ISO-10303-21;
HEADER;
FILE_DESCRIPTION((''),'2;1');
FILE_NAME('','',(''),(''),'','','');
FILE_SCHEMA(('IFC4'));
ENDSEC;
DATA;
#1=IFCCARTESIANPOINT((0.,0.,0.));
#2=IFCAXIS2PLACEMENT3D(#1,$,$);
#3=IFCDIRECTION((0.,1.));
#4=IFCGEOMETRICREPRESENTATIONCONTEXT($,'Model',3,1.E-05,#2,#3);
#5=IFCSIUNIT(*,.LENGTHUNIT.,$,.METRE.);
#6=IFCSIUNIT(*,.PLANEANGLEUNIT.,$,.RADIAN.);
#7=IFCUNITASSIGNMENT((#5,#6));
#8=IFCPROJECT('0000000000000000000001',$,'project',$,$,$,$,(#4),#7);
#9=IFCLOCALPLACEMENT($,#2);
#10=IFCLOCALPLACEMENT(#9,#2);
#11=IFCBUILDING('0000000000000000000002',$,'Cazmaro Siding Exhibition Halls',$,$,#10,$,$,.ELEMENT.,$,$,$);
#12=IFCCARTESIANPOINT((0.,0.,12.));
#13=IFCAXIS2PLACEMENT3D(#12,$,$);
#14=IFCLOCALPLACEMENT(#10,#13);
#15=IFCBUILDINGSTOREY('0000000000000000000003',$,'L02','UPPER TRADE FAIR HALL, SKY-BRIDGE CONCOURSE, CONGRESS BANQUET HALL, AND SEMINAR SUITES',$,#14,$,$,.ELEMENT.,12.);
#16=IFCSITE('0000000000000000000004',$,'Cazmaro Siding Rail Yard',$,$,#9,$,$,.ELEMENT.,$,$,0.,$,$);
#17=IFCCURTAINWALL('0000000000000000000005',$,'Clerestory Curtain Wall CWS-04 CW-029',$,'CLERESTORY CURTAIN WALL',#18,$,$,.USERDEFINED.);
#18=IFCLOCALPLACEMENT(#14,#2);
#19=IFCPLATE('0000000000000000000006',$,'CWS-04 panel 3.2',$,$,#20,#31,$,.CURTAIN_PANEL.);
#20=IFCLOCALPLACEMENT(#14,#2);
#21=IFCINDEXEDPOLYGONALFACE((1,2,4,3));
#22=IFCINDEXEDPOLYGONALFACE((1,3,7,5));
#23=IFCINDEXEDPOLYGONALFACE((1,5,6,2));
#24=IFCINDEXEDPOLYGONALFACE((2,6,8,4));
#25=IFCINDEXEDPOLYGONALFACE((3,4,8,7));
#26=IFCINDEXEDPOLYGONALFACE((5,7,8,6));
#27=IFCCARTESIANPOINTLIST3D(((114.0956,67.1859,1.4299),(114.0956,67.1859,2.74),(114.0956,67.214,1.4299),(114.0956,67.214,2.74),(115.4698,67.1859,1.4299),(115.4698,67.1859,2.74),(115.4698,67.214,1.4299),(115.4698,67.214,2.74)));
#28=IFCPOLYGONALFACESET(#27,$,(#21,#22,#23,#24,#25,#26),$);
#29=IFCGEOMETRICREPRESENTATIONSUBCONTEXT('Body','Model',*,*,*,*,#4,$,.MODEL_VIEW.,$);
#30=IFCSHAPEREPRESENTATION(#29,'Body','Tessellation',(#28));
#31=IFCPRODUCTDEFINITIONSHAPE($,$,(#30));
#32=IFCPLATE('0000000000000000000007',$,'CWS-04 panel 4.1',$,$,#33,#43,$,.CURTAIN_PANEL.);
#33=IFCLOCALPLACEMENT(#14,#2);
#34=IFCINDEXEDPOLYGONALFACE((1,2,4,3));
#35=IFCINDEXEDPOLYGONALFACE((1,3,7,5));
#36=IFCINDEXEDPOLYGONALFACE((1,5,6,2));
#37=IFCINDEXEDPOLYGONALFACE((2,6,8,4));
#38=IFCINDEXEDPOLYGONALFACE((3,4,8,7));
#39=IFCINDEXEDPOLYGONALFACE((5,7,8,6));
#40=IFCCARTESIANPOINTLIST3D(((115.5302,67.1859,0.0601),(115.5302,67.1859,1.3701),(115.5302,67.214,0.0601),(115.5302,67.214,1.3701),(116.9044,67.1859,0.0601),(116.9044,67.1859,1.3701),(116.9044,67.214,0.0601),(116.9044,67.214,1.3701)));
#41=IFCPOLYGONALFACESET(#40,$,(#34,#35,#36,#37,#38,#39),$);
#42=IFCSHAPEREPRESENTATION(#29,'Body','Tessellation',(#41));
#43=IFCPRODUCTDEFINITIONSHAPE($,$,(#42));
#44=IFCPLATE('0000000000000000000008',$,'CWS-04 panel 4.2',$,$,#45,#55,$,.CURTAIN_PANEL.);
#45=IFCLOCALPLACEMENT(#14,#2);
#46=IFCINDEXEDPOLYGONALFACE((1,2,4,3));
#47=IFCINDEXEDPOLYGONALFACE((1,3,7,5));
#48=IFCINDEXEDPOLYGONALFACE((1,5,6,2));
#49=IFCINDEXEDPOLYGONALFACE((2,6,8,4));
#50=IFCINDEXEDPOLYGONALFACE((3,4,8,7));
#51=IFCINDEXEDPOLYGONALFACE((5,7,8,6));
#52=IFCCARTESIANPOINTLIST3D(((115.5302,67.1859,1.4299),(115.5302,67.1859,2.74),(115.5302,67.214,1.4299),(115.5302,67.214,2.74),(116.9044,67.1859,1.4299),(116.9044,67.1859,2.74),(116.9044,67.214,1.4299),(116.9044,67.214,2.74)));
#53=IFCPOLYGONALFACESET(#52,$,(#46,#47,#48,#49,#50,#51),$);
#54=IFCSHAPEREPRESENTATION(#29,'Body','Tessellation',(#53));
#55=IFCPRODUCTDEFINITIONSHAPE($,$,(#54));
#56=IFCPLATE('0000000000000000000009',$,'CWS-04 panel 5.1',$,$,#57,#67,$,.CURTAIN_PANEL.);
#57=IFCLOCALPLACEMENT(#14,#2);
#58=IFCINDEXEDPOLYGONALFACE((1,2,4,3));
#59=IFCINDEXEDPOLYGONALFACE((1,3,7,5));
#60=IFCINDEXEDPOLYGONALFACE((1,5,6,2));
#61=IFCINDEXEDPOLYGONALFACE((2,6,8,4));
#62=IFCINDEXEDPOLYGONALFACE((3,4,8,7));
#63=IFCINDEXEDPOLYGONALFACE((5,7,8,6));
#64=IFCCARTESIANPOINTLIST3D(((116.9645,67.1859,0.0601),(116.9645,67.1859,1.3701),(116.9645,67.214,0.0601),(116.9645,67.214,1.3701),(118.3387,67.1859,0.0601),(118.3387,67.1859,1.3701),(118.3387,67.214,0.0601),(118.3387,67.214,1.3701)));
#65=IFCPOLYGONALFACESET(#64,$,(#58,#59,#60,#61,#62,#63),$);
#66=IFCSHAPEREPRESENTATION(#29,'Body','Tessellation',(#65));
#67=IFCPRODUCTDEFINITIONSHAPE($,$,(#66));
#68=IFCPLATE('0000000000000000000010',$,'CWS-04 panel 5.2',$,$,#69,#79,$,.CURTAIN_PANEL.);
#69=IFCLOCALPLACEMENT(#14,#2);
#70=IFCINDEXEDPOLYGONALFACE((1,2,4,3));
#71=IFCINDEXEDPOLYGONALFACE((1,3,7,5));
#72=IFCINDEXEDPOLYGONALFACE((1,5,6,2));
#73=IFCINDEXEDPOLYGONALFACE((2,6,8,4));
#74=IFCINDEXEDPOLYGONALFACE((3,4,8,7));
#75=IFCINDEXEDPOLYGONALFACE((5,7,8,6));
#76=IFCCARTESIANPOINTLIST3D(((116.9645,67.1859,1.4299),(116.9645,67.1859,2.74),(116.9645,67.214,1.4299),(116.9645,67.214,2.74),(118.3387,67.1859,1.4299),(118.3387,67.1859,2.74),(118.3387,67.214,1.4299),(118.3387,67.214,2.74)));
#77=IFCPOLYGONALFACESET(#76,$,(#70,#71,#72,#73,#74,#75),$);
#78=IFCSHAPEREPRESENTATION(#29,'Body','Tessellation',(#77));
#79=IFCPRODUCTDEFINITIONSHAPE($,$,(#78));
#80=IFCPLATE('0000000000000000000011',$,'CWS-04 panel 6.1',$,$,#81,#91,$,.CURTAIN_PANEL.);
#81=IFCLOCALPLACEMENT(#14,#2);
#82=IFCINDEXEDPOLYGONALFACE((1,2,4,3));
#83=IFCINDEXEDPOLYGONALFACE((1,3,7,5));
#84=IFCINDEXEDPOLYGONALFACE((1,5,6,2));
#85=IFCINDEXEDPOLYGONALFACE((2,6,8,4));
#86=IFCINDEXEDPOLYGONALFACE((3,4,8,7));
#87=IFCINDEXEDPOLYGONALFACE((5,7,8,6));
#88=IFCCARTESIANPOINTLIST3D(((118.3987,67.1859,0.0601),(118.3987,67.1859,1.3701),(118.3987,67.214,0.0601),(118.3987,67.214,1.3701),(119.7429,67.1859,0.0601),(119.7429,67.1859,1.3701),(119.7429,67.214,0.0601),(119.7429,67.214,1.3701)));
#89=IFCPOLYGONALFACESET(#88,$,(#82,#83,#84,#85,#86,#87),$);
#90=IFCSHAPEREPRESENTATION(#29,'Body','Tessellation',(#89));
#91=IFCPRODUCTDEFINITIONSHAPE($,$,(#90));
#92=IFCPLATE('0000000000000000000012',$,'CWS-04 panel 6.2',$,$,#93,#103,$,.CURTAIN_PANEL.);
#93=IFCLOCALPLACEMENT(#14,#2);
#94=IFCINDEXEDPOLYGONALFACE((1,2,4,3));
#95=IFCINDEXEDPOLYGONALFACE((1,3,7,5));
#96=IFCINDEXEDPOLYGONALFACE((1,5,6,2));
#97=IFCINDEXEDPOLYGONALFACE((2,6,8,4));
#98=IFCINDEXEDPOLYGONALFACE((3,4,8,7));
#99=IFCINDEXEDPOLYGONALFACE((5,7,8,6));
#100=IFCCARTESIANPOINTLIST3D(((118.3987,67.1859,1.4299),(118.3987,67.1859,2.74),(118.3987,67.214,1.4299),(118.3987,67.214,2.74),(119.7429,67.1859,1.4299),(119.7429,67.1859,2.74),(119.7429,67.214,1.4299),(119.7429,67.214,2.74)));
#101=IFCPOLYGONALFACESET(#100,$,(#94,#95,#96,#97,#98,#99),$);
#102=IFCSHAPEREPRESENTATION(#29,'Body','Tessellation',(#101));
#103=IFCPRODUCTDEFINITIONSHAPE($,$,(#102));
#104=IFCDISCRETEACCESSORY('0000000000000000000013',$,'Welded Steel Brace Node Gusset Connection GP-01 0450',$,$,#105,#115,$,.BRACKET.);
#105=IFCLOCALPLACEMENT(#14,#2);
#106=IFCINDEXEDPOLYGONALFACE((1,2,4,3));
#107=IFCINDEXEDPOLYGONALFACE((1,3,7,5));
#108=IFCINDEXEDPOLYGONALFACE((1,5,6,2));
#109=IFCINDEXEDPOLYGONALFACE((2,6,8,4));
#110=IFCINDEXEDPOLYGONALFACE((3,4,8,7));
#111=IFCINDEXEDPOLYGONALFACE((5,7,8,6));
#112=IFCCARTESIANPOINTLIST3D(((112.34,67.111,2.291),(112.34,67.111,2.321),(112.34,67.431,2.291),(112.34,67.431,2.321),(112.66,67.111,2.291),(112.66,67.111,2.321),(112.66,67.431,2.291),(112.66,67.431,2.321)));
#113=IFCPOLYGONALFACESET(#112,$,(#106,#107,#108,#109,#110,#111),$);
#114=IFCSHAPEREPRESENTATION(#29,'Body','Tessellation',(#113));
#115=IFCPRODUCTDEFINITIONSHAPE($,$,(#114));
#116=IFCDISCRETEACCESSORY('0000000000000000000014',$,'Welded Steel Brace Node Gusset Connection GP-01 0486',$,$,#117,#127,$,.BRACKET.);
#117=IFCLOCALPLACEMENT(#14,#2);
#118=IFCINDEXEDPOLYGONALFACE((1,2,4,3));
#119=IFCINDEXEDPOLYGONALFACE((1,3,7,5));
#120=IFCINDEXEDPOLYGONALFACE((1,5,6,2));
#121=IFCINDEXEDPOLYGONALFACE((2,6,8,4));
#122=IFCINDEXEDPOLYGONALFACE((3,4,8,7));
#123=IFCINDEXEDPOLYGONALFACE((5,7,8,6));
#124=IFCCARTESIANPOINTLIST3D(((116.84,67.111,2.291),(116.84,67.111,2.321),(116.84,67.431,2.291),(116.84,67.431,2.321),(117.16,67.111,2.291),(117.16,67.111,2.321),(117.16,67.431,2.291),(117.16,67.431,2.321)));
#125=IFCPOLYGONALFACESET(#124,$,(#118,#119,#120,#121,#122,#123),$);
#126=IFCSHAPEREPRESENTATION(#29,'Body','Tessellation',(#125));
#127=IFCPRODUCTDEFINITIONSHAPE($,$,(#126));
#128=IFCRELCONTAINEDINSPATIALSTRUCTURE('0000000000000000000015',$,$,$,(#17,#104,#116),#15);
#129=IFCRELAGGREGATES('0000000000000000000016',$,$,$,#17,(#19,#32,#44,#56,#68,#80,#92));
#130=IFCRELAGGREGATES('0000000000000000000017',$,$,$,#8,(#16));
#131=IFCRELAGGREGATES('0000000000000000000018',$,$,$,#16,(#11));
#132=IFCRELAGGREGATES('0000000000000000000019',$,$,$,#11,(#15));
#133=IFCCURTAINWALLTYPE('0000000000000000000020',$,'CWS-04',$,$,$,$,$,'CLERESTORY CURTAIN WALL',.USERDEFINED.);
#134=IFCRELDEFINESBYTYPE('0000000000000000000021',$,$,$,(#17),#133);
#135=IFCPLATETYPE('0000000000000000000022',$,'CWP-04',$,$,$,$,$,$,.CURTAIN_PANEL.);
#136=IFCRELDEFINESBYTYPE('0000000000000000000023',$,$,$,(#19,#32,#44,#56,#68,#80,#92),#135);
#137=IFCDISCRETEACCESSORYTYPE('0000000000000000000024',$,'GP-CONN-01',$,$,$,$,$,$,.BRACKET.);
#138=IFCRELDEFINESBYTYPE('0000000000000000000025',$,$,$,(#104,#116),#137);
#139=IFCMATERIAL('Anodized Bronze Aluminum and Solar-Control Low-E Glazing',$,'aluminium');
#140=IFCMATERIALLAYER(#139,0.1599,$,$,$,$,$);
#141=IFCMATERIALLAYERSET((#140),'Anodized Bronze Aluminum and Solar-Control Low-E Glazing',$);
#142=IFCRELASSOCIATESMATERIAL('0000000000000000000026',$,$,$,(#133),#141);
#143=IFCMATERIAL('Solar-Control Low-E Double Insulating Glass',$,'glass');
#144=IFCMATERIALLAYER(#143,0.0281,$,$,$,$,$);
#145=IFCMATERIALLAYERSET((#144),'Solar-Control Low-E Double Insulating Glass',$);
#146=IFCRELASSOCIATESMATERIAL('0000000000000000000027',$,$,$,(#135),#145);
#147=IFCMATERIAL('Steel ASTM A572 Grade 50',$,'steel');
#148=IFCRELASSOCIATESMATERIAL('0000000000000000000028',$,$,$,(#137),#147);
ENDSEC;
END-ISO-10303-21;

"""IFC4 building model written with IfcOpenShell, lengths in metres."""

from ifc_helpers import new_model, si_unit, direction, frame, origin, origin_2d, place, context, subcontext, project, spatial, rectangle, extrude, material, layer, layer_set, type_object, element, aggregate, save


model = new_model("IFC4")

# Units and contexts
model_context = context("Model", 3, precision=1e-05, world=origin(), true_north=direction((0.0, 1.0)))
body_context = subcontext(model_context, "Body", "Model", "MODEL_VIEW")
ifc_project = project(units=[si_unit("LENGTHUNIT", "METRE"), si_unit("PLANEANGLEUNIT", "RADIAN")], contexts=[model_context])

# Site, building, storey
site_placement = place(None, origin())
site = spatial("IfcSite", under=ifc_project, at=site_placement, Name="Cazmaro Siding Rail Yard", CompositionType="ELEMENT", RefElevation=0.0)
building_placement = place(site_placement, origin())
building = spatial("IfcBuilding", under=site, at=building_placement, Name="Cazmaro Siding Exhibition Halls", CompositionType="ELEMENT")
storey_placement = place(building_placement, frame((0.0, 0.0, 12.0)))
storey = spatial("IfcBuildingStorey", under=building, at=storey_placement, Name="L02", Description="UPPER TRADE FAIR HALL, SKY-BRIDGE CONCOURSE, CONGRESS BANQUET HALL, AND SEMINAR SUITES", CompositionType="ELEMENT", Elevation=12.0)

# Curtain wall
ifc_material_1 = material(Name="Anodized Bronze Aluminum and Solar-Control Low-E Glazing", Category="aluminium")
ifc_layer_1 = layer(ifc_material_1, 0.1599)
ifc_layer_set_1 = layer_set([ifc_layer_1], Name="Anodized Bronze Aluminum and Solar-Control Low-E Glazing")
curtain_wall_type = type_object("IfcCurtainWallType", Name="CWS-04", ElementType="CLERESTORY CURTAIN WALL", PredefinedType="USERDEFINED", material=ifc_layer_set_1)
curtain_wall_1_placement = place(storey_placement, origin())
curtain_wall_1 = element("IfcCurtainWall", 1, at=curtain_wall_1_placement, inside=storey, type_object=curtain_wall_type, Name="Clerestory Curtain Wall CWS-04 CW-029", ObjectType="CLERESTORY CURTAIN WALL", PredefinedType="USERDEFINED")

# Plates
ifc_material_2 = material(Name="Solar-Control Low-E Double Insulating Glass", Category="glass")
ifc_layer_2 = layer(ifc_material_2, 0.0281)
ifc_layer_set_2 = layer_set([ifc_layer_2], Name="Solar-Control Low-E Double Insulating Glass")
plate_type = type_object("IfcPlateType", Name="CWP-04", PredefinedType="CURTAIN_PANEL", material=ifc_layer_set_2)
plate_1_placement = place(storey_placement, frame((114.7827, 67.2, 1.4299), z_axis=(0.0, 0.0, 1.0), x_axis=(1.0, 0.0, 0.0)))
plate_1 = element("IfcPlate", 2, at=plate_1_placement, type_object=plate_type, Name="CWS-04 panel 3.2", PredefinedType="CURTAIN_PANEL", context=body_context, shape_type="SweptSolid", body=[
    extrude(rectangle(XDim=1.3743, YDim=0.0281, at=origin_2d()), origin(), (0.0, 0.0, 1.0), 1.3101),
])
plate_2_placement = place(storey_placement, frame((116.2173, 67.2, 0.0601), z_axis=(0.0, 0.0, 1.0), x_axis=(1.0, 0.0, 0.0)))
plate_2 = element("IfcPlate", 3, at=plate_2_placement, type_object=plate_type, Name="CWS-04 panel 4.1", PredefinedType="CURTAIN_PANEL", context=body_context, shape_type="SweptSolid", body=[
    extrude(rectangle(XDim=1.3743, YDim=0.0281, at=origin_2d()), origin(), (0.0, 0.0, 1.0), 1.3101),
])
plate_3_placement = place(storey_placement, frame((116.2173, 67.2, 1.4299), z_axis=(0.0, 0.0, 1.0), x_axis=(1.0, 0.0, 0.0)))
plate_3 = element("IfcPlate", 4, at=plate_3_placement, type_object=plate_type, Name="CWS-04 panel 4.2", PredefinedType="CURTAIN_PANEL", context=body_context, shape_type="SweptSolid", body=[
    extrude(rectangle(XDim=1.3743, YDim=0.0281, at=origin_2d()), origin(), (0.0, 0.0, 1.0), 1.3101),
])
plate_4_placement = place(storey_placement, frame((117.6516, 67.2, 0.0601), z_axis=(0.0, 0.0, 1.0), x_axis=(1.0, 0.0, 0.0)))
plate_4 = element("IfcPlate", 5, at=plate_4_placement, type_object=plate_type, Name="CWS-04 panel 5.1", PredefinedType="CURTAIN_PANEL", context=body_context, shape_type="SweptSolid", body=[
    extrude(rectangle(XDim=1.3743, YDim=0.0281, at=origin_2d()), origin(), (0.0, 0.0, 1.0), 1.3101),
])
plate_5_placement = place(storey_placement, frame((117.6516, 67.2, 1.4299), z_axis=(0.0, 0.0, 1.0), x_axis=(1.0, 0.0, 0.0)))
plate_5 = element("IfcPlate", 6, at=plate_5_placement, type_object=plate_type, Name="CWS-04 panel 5.2", PredefinedType="CURTAIN_PANEL", context=body_context, shape_type="SweptSolid", body=[
    extrude(rectangle(XDim=1.3743, YDim=0.0281, at=origin_2d()), origin(), (0.0, 0.0, 1.0), 1.3101),
])
plate_6_placement = place(storey_placement, frame((119.0708, 67.2, 0.0601), z_axis=(0.0, 0.0, 1.0), x_axis=(1.0, 0.0, 0.0)))
plate_6 = element("IfcPlate", 7, at=plate_6_placement, type_object=plate_type, Name="CWS-04 panel 6.1", PredefinedType="CURTAIN_PANEL", context=body_context, shape_type="SweptSolid", body=[
    extrude(rectangle(XDim=1.3442, YDim=0.0281, at=origin_2d()), origin(), (0.0, 0.0, 1.0), 1.3101),
])
plate_7_placement = place(storey_placement, frame((119.0708, 67.2, 1.4299), z_axis=(0.0, 0.0, 1.0), x_axis=(1.0, 0.0, 0.0)))
plate_7 = element("IfcPlate", 8, at=plate_7_placement, type_object=plate_type, Name="CWS-04 panel 6.2", PredefinedType="CURTAIN_PANEL", context=body_context, shape_type="SweptSolid", body=[
    extrude(rectangle(XDim=1.3442, YDim=0.0281, at=origin_2d()), origin(), (0.0, 0.0, 1.0), 1.3101),
])
aggregate(curtain_wall_1, [plate_1, plate_2, plate_3, plate_4, plate_5, plate_6, plate_7])

# Discrete accessories
ifc_material_3 = material(Name="Steel ASTM A572 Grade 50", Category="steel")
discrete_accessory_type = type_object("IfcDiscreteAccessoryType", Name="GP-CONN-01", PredefinedType="BRACKET", material=ifc_material_3)
for number, where, z_axis, x_axis, name in (
    (9, (112.5, 67.271, 2.291), (0.0, 0.0, 1.0), (1.0, 0.0, 0.0), "Welded Steel Brace Node Gusset Connection GP-01 0450"),
    (10, (117.0, 67.271, 2.291), (0.0, 0.0, 1.0), (1.0, 0.0, 0.0), "Welded Steel Brace Node Gusset Connection GP-01 0486"),
):
    element("IfcDiscreteAccessory", number, at=place(storey_placement, frame(where, z_axis=z_axis, x_axis=x_axis)), inside=storey, type_object=discrete_accessory_type, Name=name, PredefinedType="BRACKET", context=body_context, shape_type="SweptSolid", body=[
        extrude(rectangle(XDim=0.3201, YDim=0.3201, at=origin_2d()), origin(), (0.0, 0.0, 1.0), 0.03),
    ])

save(model, "model.ifc")
